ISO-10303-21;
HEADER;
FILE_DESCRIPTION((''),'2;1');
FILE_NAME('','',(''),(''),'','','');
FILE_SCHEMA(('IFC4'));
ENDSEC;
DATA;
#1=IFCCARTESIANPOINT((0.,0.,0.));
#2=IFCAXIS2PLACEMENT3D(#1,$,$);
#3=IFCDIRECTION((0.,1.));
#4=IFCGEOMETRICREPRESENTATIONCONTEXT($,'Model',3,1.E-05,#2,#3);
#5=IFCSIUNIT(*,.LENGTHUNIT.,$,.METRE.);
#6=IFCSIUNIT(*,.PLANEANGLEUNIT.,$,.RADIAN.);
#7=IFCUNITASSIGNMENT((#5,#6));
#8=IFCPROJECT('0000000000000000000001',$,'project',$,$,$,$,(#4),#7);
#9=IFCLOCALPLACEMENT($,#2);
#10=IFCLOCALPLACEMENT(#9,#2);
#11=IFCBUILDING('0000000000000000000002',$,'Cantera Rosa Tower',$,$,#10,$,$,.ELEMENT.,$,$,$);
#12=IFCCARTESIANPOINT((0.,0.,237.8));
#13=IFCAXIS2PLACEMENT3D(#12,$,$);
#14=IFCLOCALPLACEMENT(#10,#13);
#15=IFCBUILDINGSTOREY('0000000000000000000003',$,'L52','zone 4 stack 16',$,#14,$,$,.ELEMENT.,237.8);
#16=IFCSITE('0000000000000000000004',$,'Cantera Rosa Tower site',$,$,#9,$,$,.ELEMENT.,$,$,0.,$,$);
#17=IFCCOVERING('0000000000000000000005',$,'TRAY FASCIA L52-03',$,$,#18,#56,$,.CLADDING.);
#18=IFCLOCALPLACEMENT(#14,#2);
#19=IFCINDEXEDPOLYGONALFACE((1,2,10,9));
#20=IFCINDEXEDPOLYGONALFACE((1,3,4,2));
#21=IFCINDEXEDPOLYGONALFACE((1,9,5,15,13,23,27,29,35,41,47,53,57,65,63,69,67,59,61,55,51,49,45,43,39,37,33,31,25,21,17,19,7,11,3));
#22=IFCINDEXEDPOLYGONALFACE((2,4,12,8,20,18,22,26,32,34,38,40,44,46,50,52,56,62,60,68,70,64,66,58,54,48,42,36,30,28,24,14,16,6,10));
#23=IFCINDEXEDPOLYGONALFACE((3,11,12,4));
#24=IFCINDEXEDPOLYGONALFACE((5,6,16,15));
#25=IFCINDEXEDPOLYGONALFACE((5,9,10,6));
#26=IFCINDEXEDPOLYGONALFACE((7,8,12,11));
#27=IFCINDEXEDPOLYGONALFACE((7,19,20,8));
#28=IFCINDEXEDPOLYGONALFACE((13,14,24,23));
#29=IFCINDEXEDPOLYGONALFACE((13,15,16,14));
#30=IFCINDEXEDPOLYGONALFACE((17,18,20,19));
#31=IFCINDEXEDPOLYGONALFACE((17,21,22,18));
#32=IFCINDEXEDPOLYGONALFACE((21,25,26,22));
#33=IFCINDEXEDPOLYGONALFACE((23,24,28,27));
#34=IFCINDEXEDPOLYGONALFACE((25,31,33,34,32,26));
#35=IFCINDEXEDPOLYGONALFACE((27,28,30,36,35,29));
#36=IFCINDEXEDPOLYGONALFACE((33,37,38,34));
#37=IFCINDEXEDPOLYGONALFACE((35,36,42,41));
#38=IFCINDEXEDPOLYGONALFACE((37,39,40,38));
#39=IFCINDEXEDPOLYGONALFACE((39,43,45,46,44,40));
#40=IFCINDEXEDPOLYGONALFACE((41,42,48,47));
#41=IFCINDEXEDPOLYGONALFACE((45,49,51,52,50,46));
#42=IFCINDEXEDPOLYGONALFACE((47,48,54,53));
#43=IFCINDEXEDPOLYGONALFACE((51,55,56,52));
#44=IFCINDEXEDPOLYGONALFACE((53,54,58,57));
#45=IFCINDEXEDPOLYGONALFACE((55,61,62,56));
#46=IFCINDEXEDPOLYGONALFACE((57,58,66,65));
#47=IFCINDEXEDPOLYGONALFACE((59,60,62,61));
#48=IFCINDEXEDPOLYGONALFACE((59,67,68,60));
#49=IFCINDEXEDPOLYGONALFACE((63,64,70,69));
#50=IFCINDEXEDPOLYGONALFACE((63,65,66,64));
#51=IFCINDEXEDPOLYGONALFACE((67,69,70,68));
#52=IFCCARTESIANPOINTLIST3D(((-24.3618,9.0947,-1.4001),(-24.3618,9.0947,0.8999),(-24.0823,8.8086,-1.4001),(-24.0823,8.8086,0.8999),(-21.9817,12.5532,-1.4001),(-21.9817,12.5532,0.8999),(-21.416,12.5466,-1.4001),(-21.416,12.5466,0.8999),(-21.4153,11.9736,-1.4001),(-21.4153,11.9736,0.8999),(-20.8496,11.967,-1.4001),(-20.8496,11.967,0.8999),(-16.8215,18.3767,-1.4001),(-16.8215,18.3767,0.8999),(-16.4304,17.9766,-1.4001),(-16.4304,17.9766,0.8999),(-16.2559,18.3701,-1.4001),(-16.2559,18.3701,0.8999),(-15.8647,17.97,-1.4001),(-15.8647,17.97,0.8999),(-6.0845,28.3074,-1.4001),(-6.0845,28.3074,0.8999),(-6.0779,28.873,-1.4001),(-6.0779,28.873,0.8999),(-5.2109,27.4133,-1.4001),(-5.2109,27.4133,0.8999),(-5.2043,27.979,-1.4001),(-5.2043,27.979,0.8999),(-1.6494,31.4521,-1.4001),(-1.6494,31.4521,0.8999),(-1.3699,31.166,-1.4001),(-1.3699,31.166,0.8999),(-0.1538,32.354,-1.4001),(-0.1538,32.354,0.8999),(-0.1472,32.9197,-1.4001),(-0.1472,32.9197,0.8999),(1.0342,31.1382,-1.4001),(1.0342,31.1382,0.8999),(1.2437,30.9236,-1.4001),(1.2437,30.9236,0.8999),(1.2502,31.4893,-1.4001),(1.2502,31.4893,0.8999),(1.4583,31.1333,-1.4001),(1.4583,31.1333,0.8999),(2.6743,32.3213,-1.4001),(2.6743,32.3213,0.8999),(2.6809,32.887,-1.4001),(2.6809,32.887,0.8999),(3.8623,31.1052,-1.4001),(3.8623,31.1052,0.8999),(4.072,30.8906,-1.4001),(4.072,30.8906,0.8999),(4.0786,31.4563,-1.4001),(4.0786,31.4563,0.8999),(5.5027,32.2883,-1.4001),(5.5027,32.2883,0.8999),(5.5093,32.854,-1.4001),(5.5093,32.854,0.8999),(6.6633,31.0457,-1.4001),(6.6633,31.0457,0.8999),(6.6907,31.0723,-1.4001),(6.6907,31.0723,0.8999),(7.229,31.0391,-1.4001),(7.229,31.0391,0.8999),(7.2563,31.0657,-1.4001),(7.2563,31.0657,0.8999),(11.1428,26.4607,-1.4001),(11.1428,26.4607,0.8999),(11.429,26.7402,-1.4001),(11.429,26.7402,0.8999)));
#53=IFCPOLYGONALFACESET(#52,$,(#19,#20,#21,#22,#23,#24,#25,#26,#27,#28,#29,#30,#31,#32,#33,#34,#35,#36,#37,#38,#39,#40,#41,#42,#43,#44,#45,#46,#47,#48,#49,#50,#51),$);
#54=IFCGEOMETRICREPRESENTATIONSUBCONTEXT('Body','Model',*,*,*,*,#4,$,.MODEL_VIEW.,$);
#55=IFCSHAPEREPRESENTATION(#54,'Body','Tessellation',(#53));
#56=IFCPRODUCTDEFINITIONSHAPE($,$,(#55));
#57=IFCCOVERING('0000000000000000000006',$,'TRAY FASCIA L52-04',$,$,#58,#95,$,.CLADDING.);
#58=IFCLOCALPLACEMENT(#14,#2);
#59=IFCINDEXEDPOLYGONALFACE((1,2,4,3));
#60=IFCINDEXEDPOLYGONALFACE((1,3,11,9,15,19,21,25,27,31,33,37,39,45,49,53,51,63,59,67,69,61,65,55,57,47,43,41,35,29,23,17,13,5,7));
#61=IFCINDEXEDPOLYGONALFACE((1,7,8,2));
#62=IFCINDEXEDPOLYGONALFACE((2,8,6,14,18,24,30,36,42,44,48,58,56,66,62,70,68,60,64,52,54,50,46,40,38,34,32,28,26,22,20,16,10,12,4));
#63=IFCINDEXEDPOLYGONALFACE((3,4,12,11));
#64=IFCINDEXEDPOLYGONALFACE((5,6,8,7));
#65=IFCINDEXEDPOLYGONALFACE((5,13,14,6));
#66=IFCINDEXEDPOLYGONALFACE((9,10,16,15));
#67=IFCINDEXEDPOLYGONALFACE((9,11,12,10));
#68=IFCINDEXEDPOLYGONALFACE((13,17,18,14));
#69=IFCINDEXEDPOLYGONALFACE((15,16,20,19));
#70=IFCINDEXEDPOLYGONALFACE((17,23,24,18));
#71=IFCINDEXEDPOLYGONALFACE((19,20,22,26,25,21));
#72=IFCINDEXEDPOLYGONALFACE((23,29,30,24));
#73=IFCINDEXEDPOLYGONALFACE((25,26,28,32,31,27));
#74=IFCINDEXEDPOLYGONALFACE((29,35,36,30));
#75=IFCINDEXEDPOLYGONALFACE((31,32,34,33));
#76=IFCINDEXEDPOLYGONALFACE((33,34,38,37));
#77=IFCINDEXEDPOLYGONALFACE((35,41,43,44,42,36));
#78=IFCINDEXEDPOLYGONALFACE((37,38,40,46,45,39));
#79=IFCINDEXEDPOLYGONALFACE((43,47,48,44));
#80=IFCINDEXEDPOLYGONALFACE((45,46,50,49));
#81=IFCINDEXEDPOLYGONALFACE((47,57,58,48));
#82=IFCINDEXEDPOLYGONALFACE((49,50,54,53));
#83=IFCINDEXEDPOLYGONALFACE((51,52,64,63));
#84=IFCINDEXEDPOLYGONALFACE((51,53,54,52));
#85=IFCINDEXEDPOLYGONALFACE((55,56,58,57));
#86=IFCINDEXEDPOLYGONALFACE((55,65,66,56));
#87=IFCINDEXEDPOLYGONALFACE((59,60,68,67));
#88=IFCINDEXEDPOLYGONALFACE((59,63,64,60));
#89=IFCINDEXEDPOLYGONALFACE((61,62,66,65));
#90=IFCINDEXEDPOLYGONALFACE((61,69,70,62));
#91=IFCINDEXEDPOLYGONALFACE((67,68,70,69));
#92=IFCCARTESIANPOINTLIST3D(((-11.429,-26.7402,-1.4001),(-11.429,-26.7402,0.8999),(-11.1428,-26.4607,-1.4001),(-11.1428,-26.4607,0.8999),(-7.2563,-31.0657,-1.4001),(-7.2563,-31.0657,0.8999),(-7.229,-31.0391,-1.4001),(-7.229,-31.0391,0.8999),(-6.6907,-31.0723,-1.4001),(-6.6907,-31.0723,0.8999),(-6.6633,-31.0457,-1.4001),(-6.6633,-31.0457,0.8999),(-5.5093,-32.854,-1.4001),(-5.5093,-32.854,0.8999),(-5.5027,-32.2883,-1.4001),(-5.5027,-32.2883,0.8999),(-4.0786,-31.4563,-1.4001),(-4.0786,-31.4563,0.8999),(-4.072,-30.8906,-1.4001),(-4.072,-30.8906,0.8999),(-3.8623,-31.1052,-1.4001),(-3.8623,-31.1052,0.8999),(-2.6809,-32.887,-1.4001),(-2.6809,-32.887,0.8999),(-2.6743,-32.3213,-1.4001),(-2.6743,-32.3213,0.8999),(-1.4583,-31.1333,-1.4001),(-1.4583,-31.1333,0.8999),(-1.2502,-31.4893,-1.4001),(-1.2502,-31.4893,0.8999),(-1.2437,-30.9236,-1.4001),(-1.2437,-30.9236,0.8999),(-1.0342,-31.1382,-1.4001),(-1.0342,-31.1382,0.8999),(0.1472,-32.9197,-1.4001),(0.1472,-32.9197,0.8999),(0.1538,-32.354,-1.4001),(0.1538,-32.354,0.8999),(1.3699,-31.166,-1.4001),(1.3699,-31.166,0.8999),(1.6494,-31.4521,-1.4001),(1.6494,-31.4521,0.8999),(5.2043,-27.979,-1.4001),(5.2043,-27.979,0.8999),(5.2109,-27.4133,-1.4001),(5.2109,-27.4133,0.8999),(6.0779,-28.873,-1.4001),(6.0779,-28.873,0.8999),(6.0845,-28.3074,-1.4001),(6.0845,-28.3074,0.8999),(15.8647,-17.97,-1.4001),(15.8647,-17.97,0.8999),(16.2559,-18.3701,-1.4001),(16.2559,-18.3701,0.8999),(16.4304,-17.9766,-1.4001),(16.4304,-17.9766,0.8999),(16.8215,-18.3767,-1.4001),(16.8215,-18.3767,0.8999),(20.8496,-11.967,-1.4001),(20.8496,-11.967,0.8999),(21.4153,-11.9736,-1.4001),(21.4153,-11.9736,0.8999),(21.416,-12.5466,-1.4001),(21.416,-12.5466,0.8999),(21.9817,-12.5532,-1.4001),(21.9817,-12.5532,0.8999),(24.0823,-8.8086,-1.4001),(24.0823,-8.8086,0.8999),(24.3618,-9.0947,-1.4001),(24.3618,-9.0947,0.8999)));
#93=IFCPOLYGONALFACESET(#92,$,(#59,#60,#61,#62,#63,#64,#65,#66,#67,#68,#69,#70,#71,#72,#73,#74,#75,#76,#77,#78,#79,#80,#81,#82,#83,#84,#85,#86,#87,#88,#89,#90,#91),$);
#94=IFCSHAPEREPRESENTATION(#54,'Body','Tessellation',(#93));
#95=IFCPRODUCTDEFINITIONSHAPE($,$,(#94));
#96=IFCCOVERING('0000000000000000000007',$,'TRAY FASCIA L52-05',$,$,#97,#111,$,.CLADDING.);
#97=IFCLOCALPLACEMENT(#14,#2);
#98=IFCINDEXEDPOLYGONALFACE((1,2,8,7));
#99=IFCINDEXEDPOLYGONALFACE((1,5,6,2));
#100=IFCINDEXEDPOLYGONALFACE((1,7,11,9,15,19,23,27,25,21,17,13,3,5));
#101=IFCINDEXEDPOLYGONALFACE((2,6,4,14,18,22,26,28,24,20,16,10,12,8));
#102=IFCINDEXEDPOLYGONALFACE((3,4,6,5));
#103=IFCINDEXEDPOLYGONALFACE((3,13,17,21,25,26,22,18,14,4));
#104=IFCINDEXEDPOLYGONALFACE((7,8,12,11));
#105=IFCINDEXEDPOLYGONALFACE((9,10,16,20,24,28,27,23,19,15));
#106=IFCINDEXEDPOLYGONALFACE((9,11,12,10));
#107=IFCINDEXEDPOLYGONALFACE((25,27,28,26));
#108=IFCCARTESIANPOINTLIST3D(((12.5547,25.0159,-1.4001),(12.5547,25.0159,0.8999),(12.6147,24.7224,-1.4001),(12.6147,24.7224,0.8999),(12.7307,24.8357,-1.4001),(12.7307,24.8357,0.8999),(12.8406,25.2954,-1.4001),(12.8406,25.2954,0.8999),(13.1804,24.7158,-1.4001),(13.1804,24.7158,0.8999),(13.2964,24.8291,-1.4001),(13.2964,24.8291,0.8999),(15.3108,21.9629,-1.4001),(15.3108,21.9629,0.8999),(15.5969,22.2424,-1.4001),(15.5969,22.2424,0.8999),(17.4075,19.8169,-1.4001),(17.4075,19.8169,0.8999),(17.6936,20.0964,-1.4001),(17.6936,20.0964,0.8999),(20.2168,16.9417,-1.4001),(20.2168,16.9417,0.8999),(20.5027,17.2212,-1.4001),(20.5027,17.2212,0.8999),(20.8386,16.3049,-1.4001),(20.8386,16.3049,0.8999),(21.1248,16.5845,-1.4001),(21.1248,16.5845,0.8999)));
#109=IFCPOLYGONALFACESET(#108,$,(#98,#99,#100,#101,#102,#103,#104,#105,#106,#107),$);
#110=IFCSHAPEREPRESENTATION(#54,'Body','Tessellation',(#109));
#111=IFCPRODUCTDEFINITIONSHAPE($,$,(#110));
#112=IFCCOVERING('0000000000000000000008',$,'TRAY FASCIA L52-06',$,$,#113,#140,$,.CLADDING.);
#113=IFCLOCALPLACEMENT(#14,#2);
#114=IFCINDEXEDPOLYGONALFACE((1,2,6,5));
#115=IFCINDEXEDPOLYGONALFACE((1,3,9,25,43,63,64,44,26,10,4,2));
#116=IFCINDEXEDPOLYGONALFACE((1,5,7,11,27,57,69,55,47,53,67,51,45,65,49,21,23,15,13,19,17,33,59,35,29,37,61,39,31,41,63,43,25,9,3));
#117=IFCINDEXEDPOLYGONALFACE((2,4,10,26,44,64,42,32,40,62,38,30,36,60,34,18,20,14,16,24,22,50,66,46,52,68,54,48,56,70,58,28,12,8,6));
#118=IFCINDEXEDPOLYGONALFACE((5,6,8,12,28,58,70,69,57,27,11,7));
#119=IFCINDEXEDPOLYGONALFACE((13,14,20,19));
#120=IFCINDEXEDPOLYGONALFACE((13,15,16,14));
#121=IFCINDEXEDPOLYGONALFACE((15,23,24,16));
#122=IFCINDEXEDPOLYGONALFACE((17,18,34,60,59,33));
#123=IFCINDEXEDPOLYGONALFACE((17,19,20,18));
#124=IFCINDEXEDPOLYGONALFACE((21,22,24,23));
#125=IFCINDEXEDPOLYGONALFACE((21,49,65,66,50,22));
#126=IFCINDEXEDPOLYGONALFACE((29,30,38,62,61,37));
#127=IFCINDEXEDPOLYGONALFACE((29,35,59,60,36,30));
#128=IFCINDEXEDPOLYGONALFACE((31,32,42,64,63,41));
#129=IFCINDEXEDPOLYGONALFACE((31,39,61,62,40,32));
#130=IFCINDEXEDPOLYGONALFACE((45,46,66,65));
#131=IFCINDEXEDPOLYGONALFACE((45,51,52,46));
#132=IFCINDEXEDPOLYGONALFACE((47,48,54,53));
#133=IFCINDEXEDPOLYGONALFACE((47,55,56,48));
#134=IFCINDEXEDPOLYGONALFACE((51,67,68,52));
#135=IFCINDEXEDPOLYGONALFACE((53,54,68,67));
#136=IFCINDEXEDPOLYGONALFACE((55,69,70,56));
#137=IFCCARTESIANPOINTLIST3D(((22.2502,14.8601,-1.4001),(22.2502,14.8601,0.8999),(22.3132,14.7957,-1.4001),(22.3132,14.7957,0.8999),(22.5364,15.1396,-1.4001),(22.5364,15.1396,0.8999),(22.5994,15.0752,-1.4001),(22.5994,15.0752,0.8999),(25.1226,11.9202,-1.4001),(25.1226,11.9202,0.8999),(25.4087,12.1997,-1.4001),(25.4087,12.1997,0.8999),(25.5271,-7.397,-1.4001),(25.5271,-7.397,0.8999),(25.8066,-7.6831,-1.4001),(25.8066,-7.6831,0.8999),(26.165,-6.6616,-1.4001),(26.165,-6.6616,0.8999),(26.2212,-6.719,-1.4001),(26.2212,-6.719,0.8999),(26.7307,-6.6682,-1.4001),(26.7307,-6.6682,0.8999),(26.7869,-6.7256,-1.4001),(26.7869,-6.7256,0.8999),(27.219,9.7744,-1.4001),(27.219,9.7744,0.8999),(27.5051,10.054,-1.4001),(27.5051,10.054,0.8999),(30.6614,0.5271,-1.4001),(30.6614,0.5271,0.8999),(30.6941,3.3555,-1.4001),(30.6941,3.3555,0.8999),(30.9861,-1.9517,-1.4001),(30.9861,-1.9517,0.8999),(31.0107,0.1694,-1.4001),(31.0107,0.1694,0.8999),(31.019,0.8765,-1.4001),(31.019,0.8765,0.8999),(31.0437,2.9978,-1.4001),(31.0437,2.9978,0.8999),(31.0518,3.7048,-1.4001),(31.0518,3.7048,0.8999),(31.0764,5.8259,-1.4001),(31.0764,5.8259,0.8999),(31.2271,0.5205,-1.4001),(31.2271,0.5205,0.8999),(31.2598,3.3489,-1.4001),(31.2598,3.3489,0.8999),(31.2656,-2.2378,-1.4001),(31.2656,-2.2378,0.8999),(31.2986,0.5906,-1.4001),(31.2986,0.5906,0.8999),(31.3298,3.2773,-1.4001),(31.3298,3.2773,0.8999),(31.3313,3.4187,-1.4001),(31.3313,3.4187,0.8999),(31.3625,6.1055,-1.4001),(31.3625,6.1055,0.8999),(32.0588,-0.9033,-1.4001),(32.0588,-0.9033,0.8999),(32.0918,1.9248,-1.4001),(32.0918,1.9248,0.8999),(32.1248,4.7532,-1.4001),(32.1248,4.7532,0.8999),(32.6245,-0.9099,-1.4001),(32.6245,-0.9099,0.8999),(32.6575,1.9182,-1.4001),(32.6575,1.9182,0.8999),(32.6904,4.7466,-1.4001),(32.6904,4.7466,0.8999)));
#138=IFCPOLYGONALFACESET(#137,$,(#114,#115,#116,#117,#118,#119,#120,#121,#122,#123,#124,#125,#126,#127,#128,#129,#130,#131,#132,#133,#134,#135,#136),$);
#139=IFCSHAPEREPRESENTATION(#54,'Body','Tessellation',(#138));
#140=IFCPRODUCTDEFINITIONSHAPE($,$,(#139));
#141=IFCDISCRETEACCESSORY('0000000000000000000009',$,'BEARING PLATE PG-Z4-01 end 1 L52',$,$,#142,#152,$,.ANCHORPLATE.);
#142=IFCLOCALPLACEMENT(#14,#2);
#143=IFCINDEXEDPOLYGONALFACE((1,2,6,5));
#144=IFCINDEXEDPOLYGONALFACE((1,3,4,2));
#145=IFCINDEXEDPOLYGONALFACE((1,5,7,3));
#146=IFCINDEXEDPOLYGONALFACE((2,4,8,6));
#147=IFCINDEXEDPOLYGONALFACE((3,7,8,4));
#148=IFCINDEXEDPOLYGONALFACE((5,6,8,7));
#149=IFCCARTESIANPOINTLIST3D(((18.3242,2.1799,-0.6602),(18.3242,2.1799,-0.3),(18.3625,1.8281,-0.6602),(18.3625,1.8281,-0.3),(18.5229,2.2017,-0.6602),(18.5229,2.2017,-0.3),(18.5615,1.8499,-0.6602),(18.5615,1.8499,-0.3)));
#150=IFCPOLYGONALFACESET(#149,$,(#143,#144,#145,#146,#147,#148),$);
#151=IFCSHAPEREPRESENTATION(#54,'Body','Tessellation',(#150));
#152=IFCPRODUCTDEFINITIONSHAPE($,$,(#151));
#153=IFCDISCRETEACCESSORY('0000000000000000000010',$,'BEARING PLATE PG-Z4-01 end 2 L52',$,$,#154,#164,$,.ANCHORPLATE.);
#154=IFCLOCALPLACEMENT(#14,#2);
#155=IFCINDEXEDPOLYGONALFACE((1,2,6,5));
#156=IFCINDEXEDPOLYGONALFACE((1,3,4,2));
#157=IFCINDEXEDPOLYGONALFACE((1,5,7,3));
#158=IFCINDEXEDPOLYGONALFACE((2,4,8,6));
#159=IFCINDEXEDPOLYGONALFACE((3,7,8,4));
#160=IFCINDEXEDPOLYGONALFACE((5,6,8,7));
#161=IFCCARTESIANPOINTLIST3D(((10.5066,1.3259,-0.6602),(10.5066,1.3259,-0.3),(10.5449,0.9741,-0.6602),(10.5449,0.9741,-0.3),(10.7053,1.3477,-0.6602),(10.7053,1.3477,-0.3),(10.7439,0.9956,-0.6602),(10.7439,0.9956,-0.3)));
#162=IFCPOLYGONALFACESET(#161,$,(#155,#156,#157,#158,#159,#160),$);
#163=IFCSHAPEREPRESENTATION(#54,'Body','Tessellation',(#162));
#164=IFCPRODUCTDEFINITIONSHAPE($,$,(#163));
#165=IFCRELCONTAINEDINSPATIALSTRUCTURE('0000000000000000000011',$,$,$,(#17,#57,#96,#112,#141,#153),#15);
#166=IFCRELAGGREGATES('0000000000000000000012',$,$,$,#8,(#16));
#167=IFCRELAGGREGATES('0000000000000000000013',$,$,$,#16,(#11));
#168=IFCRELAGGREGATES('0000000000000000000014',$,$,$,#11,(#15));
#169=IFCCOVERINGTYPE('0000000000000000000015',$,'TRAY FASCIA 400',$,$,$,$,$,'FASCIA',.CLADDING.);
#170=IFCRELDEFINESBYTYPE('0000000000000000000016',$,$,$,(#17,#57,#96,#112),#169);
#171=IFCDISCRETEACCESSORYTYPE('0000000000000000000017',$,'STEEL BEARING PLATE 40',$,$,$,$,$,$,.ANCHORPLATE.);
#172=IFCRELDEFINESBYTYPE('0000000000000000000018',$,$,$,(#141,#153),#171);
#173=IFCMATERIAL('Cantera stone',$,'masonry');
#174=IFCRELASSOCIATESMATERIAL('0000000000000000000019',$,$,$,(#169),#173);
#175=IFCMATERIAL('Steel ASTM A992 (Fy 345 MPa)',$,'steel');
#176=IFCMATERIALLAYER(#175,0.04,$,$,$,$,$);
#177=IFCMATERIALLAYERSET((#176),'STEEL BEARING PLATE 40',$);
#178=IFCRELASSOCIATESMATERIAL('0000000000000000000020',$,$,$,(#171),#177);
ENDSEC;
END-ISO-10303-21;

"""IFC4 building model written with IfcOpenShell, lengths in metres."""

from ifc_helpers import new_model, si_unit, direction, frame, origin, place, context, subcontext, project, spatial, polyline, outline, extrude, material, layer, layer_set, type_object, element, save


model = new_model("IFC4")

# Units and contexts
model_context = context("Model", 3, precision=1e-05, world=origin(), true_north=direction((0.0, 1.0)))
body_context = subcontext(model_context, "Body", "Model", "MODEL_VIEW")
ifc_project = project(units=[si_unit("LENGTHUNIT", "METRE"), si_unit("PLANEANGLEUNIT", "RADIAN")], contexts=[model_context])

# Site, building, storey
site_placement = place(None, origin())
site = spatial("IfcSite", under=ifc_project, at=site_placement, Name="Cantera Rosa Tower site", CompositionType="ELEMENT", RefElevation=0.0)
building_placement = place(site_placement, origin())
building = spatial("IfcBuilding", under=site, at=building_placement, Name="Cantera Rosa Tower", CompositionType="ELEMENT")
storey_placement = place(building_placement, frame((0.0, 0.0, 237.8)))
storey = spatial("IfcBuildingStorey", under=building, at=storey_placement, Name="L52", Description="zone 4 stack 16", CompositionType="ELEMENT", Elevation=237.8)

# Coverings
ifc_material_1 = material(Name="Cantera stone", Category="masonry")
covering_type_1 = type_object("IfcCoveringType", Name="TRAY FASCIA 400", ElementType="FASCIA", PredefinedType="CLADDING", material=ifc_material_1)
covering_1_placement = place(storey_placement, frame((0.0, 0.0, -1.4001)))
element("IfcCovering", 1, at=covering_1_placement, inside=storey, type_object=covering_type_1, Name="TRAY FASCIA L52-03", PredefinedType="CLADDING", context=body_context, shape_type="SweptSolid", body=[
    extrude(outline(polyline([(-21.4153, 11.9736), (-21.9817, 12.5532), (-16.4304, 17.9766), (-16.8215, 18.3767), (-6.0779, 28.873), (-5.2043, 27.979), (-1.6494, 31.4521), (-0.1472, 32.9197), (1.2502, 31.4893), (2.6809, 32.887), (4.0786, 31.4563), (5.5093, 32.854), (7.2563, 31.0657), (7.229, 31.0391), (11.429, 26.7402), (11.1428, 26.4607), (6.6633, 31.0457), (6.6907, 31.0723), (5.5027, 32.2883), (4.072, 30.8906), (3.8623, 31.1052), (2.6743, 32.3213), (1.4583, 31.1333), (1.2437, 30.9236), (1.0342, 31.1382), (-0.1538, 32.354), (-1.3699, 31.166), (-5.2109, 27.4133), (-6.0845, 28.3074), (-16.2559, 18.3701), (-15.8647, 17.97), (-21.416, 12.5466), (-20.8496, 11.967), (-24.0823, 8.8086), (-24.3618, 9.0947), (-21.4153, 11.9736)])), origin(), (0.0, 0.0, 1.0), 2.3),
])
covering_2_placement = place(storey_placement, frame((0.0, 0.0, -1.4001)))
element("IfcCovering", 2, at=covering_2_placement, inside=storey, type_object=covering_type_1, Name="TRAY FASCIA L52-04", PredefinedType="CLADDING", context=body_context, shape_type="SweptSolid", body=[
    extrude(outline(polyline([(21.4153, -11.9736), (21.9817, -12.5532), (16.4304, -17.9766), (16.8215, -18.3767), (6.0779, -28.873), (5.2043, -27.979), (1.6494, -31.4521), (0.1472, -32.9197), (-1.2502, -31.4893), (-2.6809, -32.887), (-4.0786, -31.4563), (-5.5093, -32.854), (-7.2563, -31.0657), (-7.229, -31.0391), (-11.429, -26.7402), (-11.1428, -26.4607), (-6.6633, -31.0457), (-6.6907, -31.0723), (-5.5027, -32.2883), (-4.072, -30.8906), (-3.8623, -31.1052), (-2.6743, -32.3213), (-1.4583, -31.1333), (-1.2437, -30.9236), (-1.0342, -31.1382), (0.1538, -32.354), (1.3699, -31.166), (5.2109, -27.4133), (6.0845, -28.3074), (16.2559, -18.3701), (15.8647, -17.97), (21.416, -12.5466), (20.8496, -11.967), (24.0823, -8.8086), (24.3618, -9.0947), (21.4153, -11.9736)])), origin(), (0.0, 0.0, 1.0), 2.3),
])
covering_3_placement = place(storey_placement, frame((0.0, 0.0, -1.4001)))
element("IfcCovering", 3, at=covering_3_placement, inside=storey, type_object=covering_type_1, Name="TRAY FASCIA L52-05", PredefinedType="CLADDING", context=body_context, shape_type="SweptSolid", body=[
    extrude(outline(polyline([(13.2964, 24.8291), (13.1804, 24.7158), (15.5969, 22.2424), (17.6936, 20.0964), (20.5027, 17.2212), (21.1248, 16.5845), (20.8386, 16.3049), (20.2168, 16.9417), (17.4075, 19.8169), (15.3108, 21.9629), (12.6147, 24.7224), (12.7307, 24.8357), (12.5547, 25.0159), (12.8406, 25.2954), (13.2964, 24.8291)])), origin(), (0.0, 0.0, 1.0), 2.3),
])
covering_4_placement = place(storey_placement, frame((0.0, 0.0, -1.4001)))
element("IfcCovering", 4, at=covering_4_placement, inside=storey, type_object=covering_type_1, Name="TRAY FASCIA L52-06", PredefinedType="CLADDING", context=body_context, shape_type="SweptSolid", body=[
    extrude(outline(polyline([(22.5994, 15.0752), (25.4087, 12.1997), (27.5051, 10.054), (31.3625, 6.1055), (32.6904, 4.7466), (31.3313, 3.4187), (31.2598, 3.3489), (31.3298, 3.2773), (32.6575, 1.9182), (31.2986, 0.5906), (31.2271, 0.5205), (32.6245, -0.9099), (31.2656, -2.2378), (26.7307, -6.6682), (26.7869, -6.7256), (25.8066, -7.6831), (25.5271, -7.397), (26.2212, -6.719), (26.165, -6.6616), (30.9861, -1.9517), (32.0588, -0.9033), (31.0107, 0.1694), (30.6614, 0.5271), (31.019, 0.8765), (32.0918, 1.9248), (31.0437, 2.9978), (30.6941, 3.3555), (31.0518, 3.7048), (32.1248, 4.7532), (31.0764, 5.8259), (27.219, 9.7744), (25.1226, 11.9202), (22.3132, 14.7957), (22.2502, 14.8601), (22.5364, 15.1396), (22.5994, 15.0752)])), origin(), (0.0, 0.0, 1.0), 2.3),
])

# Discrete accessories
ifc_material_2 = material(Name="Steel ASTM A992 (Fy 345 MPa)", Category="steel")
ifc_layer_1 = layer(ifc_material_2, 0.04)
ifc_layer_set_1 = layer_set([ifc_layer_1], Name="STEEL BEARING PLATE 40")
discrete_accessory_type = type_object("IfcDiscreteAccessoryType", Name="STEEL BEARING PLATE 40", PredefinedType="ANCHORPLATE", material=ifc_layer_set_1)
discrete_accessory_1_placement = place(storey_placement, frame((0.0, 0.0, -0.6602)))
element("IfcDiscreteAccessory", 5, at=discrete_accessory_1_placement, inside=storey, type_object=discrete_accessory_type, Name="BEARING PLATE PG-Z4-01 end 1 L52", PredefinedType="ANCHORPLATE", context=body_context, shape_type="SweptSolid", body=[
    extrude(outline(polyline([(18.3625, 1.8281), (18.5615, 1.8499), (18.5229, 2.2017), (18.3242, 2.1799), (18.3625, 1.8281)])), origin(), (0.0, 0.0, 1.0), 0.3601),
])
discrete_accessory_2_placement = place(storey_placement, frame((0.0, 0.0, -0.6602)))
element("IfcDiscreteAccessory", 6, at=discrete_accessory_2_placement, inside=storey, type_object=discrete_accessory_type, Name="BEARING PLATE PG-Z4-01 end 2 L52", PredefinedType="ANCHORPLATE", context=body_context, shape_type="SweptSolid", body=[
    extrude(outline(polyline([(10.7053, 1.3477), (10.5066, 1.3259), (10.5449, 0.9741), (10.7439, 0.9956), (10.7053, 1.3477)])), origin(), (0.0, 0.0, 1.0), 0.3601),
])

save(model, "model.ifc")
